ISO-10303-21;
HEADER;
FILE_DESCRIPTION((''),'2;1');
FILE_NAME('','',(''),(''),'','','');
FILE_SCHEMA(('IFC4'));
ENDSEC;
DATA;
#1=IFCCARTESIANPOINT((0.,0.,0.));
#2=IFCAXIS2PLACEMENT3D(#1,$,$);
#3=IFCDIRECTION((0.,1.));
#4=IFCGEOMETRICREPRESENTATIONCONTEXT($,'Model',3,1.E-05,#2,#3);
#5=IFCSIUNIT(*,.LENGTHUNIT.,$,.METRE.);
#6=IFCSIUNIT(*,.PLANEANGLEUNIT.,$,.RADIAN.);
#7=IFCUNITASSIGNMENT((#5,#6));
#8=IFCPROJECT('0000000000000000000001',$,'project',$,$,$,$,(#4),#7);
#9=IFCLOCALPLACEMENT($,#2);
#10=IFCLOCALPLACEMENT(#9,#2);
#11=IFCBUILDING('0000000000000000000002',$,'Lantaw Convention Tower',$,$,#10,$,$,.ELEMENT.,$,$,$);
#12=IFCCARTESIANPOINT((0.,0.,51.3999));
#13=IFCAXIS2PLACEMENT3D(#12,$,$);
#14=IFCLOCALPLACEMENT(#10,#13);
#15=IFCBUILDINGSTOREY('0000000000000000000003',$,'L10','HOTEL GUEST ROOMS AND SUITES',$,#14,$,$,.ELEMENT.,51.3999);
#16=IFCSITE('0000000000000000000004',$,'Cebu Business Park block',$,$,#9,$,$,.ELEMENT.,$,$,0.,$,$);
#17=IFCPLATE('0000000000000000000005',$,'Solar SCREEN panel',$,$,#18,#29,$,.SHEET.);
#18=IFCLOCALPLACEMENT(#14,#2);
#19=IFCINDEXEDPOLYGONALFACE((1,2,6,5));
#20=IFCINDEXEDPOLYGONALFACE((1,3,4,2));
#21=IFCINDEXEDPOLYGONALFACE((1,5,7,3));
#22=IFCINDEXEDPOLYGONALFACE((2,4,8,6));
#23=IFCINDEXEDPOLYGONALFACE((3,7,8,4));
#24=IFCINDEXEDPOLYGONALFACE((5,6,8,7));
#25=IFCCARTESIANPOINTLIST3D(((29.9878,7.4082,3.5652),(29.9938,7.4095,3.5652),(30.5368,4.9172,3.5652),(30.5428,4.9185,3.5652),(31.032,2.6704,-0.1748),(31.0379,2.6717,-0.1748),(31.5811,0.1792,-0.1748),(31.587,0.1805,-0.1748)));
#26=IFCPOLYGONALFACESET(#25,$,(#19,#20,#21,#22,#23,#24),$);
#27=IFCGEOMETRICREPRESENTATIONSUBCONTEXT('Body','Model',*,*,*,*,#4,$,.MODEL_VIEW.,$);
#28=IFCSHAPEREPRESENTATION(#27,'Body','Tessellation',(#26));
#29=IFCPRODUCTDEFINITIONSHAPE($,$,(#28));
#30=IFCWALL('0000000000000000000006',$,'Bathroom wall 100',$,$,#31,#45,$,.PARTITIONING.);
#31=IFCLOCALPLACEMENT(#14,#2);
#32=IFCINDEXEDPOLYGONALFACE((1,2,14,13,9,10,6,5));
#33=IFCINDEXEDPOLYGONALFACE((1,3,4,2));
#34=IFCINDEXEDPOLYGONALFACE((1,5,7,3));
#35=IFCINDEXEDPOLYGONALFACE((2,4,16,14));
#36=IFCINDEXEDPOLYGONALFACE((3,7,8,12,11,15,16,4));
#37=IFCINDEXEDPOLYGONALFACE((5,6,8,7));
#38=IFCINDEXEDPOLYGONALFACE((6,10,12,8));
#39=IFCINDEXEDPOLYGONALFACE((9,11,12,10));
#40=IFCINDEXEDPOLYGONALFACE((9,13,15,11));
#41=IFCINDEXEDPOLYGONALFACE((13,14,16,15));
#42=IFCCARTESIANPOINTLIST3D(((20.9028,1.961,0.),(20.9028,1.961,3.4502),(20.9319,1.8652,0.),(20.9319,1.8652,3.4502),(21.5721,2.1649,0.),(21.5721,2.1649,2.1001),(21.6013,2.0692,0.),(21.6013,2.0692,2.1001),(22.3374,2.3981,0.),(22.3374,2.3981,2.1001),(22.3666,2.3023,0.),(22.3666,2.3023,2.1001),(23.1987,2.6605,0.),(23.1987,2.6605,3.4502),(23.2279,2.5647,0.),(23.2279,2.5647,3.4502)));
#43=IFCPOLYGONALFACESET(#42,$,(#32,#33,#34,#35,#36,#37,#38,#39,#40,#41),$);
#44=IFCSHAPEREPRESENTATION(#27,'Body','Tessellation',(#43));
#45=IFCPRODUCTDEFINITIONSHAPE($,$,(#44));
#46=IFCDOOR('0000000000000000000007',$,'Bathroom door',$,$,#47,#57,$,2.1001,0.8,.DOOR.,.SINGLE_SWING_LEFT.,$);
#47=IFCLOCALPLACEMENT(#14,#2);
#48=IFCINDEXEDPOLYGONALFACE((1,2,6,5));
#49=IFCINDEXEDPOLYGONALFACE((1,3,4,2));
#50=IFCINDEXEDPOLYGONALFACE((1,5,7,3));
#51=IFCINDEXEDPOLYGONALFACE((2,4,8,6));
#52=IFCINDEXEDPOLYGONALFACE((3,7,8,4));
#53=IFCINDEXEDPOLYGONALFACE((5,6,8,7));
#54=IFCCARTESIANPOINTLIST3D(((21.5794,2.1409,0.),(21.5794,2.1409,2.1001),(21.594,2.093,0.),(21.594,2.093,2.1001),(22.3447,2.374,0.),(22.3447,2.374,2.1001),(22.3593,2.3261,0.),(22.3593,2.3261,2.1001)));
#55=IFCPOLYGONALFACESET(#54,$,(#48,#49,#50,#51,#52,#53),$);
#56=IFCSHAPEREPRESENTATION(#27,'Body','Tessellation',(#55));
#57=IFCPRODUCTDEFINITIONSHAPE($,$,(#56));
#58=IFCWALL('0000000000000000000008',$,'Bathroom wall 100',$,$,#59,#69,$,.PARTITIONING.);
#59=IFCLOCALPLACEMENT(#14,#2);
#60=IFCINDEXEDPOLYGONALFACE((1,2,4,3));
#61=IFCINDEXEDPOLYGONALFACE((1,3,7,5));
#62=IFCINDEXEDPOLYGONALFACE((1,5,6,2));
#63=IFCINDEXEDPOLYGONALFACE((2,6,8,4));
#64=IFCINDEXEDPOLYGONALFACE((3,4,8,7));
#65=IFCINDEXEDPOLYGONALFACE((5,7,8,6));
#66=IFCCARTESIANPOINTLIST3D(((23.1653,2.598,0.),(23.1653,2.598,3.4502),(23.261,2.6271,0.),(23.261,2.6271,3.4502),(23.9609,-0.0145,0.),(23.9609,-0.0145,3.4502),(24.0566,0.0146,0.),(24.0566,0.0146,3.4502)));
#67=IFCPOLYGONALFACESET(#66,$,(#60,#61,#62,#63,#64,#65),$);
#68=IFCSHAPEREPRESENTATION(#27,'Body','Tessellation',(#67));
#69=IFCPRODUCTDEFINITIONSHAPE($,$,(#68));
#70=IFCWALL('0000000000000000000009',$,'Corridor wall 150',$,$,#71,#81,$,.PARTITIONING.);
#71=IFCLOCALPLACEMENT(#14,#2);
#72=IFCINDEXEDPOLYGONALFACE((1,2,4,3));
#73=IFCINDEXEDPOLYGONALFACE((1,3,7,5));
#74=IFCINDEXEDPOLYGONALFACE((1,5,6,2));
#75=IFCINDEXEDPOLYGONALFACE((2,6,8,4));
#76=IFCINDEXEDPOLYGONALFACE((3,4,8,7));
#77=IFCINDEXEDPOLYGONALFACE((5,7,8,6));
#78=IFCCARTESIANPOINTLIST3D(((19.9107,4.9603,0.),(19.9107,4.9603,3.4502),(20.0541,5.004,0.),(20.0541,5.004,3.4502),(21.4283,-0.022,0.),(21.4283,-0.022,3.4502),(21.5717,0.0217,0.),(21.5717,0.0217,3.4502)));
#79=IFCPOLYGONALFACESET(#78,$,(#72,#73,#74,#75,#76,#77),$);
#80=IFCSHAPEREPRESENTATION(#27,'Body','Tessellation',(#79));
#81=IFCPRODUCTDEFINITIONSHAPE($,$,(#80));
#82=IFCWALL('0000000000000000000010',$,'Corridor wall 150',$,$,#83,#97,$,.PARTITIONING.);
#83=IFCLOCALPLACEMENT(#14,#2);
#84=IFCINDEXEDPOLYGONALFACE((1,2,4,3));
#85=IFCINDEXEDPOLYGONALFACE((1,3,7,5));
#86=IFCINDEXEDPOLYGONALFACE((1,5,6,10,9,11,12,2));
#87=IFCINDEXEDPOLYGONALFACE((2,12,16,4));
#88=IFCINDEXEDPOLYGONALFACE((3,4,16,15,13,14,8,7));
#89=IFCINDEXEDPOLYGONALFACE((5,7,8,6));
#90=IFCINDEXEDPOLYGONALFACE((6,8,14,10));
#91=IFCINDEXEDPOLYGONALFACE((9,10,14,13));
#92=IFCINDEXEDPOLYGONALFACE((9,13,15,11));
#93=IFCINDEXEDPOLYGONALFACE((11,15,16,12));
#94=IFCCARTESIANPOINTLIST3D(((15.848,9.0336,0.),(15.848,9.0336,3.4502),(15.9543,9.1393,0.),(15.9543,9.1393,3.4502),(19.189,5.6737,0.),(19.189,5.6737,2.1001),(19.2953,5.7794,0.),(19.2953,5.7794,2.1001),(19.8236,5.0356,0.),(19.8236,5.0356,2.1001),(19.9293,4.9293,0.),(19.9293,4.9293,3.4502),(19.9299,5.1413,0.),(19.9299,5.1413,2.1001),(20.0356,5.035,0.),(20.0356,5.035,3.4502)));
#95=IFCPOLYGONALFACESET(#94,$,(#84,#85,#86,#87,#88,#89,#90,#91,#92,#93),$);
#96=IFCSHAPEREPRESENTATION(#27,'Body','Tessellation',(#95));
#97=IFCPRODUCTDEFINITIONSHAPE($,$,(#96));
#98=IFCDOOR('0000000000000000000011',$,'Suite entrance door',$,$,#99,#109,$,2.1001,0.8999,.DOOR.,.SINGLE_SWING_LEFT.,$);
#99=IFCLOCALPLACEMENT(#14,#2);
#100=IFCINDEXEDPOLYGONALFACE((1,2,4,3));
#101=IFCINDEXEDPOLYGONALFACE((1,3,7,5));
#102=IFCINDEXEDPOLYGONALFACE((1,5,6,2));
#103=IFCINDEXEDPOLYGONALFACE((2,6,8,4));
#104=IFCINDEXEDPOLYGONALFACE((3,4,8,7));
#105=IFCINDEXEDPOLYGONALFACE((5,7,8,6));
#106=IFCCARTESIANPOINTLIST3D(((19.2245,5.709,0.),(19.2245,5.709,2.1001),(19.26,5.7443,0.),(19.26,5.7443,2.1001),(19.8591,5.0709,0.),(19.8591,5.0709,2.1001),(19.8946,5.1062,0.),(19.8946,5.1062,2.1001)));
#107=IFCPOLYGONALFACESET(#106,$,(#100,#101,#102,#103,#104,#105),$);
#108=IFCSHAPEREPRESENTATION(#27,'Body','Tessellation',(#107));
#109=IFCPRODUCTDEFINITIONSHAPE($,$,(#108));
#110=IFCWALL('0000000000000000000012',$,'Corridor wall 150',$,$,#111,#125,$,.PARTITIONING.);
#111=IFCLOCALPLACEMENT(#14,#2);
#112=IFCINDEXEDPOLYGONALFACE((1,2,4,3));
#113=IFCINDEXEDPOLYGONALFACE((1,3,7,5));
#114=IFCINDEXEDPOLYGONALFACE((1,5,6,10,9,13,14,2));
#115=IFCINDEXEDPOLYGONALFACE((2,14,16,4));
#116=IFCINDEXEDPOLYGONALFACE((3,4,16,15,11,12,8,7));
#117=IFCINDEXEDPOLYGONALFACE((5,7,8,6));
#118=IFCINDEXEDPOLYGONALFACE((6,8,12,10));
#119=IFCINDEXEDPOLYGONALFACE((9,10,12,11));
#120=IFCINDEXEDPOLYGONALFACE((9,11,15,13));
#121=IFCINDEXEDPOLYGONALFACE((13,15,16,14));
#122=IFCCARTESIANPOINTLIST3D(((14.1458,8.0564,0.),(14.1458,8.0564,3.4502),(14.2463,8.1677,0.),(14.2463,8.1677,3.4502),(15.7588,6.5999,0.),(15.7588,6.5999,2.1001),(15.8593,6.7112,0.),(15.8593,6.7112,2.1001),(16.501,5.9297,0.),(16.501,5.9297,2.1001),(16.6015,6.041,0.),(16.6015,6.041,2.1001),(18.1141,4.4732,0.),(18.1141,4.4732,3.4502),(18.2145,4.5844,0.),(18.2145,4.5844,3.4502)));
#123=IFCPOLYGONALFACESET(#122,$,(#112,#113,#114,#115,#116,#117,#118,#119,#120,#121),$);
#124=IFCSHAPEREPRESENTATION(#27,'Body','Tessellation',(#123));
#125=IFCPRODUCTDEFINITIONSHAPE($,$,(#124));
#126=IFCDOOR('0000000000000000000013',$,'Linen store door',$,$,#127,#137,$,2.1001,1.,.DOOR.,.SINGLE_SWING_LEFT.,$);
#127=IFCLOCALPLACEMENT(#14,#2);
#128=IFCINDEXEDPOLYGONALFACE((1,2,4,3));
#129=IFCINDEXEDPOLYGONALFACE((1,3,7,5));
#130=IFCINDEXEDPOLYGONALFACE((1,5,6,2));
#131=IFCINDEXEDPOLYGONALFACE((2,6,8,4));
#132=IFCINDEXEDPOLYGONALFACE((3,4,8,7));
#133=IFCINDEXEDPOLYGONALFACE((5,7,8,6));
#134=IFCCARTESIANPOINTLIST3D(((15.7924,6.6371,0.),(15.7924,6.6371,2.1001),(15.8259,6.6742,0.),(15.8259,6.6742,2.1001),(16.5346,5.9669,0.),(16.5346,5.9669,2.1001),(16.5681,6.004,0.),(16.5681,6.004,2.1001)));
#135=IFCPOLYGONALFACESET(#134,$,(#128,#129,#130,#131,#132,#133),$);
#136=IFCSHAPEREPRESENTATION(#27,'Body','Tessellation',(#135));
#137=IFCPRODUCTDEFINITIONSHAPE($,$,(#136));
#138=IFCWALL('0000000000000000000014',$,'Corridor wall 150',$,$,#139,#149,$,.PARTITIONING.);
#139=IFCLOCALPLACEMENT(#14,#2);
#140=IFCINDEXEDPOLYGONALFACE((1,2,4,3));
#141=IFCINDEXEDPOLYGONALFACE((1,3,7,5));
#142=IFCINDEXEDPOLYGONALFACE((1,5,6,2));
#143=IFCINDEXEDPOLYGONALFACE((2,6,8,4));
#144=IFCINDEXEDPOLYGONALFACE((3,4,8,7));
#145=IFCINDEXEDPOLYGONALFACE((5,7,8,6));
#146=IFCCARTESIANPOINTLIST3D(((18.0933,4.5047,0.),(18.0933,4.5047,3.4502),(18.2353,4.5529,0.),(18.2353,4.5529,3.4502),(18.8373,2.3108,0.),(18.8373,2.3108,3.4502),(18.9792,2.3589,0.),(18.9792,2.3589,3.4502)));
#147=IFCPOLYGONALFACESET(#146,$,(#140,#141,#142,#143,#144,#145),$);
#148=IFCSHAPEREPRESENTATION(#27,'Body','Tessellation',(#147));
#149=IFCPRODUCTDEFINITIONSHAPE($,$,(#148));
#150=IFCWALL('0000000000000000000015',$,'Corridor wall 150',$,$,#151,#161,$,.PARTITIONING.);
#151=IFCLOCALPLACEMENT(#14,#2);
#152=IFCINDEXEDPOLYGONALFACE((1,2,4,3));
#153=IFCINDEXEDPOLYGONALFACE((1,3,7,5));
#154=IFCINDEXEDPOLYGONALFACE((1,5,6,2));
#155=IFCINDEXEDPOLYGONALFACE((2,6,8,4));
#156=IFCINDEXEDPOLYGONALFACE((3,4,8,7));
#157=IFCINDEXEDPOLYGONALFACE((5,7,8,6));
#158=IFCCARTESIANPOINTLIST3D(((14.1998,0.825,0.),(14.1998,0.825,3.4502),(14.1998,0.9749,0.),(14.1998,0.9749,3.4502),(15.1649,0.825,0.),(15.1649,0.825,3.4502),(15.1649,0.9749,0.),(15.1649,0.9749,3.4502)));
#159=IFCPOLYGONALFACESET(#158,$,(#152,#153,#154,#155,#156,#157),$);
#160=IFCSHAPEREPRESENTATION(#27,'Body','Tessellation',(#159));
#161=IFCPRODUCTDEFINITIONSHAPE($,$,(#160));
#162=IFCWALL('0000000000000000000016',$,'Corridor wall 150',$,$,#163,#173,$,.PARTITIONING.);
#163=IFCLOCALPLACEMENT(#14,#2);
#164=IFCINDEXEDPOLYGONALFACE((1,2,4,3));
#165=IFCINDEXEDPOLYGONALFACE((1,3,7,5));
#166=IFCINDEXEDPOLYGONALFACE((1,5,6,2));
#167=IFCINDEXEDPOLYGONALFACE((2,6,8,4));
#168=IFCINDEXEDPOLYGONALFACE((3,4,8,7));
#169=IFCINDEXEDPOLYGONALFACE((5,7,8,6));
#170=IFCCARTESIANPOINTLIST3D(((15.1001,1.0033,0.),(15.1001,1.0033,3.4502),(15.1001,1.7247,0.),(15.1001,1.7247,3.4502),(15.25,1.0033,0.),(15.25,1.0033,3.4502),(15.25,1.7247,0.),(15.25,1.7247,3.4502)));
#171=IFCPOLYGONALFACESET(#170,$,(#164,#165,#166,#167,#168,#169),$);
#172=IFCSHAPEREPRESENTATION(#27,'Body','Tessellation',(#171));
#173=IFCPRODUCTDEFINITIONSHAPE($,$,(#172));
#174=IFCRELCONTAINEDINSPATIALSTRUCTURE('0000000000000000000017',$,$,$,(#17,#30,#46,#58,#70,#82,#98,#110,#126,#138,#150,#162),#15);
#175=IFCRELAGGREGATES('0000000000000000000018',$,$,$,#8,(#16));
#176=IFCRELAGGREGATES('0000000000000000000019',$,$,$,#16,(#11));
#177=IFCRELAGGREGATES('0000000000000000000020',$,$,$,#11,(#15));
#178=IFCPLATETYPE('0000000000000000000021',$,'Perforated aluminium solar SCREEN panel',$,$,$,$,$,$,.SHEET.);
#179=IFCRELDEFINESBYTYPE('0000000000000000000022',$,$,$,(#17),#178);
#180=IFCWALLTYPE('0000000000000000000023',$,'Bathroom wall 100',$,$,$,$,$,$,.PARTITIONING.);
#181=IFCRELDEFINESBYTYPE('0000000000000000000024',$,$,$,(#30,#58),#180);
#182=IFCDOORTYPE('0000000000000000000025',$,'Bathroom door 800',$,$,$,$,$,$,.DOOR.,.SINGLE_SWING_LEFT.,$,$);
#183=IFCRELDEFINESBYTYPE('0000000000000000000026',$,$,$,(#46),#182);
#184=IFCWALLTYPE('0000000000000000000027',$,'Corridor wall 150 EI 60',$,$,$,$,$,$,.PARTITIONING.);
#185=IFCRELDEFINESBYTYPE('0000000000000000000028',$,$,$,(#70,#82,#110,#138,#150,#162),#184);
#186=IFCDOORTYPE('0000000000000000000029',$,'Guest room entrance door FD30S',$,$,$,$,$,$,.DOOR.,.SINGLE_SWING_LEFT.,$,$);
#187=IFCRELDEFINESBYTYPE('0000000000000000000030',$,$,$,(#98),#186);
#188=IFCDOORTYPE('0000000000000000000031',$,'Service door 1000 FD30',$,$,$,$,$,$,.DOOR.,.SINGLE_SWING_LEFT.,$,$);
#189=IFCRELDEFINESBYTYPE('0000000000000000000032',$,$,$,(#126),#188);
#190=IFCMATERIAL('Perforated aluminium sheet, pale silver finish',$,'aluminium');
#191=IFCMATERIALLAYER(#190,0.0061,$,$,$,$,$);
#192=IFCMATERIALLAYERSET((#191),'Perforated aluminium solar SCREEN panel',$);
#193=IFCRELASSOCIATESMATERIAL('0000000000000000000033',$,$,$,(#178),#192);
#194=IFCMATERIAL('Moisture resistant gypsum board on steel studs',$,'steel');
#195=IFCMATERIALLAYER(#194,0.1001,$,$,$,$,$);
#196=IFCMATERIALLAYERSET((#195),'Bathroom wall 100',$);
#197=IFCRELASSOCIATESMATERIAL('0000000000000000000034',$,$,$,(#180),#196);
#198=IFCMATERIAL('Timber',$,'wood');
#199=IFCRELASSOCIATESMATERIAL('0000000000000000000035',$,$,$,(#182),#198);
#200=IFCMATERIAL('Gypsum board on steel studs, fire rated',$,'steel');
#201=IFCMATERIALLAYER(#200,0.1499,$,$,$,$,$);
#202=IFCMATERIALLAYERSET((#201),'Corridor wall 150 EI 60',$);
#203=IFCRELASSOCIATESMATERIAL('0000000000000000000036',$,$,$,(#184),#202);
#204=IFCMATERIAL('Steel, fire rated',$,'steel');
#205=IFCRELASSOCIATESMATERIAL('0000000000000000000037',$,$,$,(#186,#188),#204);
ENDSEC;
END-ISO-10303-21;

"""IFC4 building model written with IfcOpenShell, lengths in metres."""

from ifc_helpers import new_model, si_unit, direction, frame, frame_2d, origin, place, context, subcontext, project, spatial, polyline, rectangle, outline, extrude, material, layer, layer_set, type_object, element, fill, save


model = new_model("IFC4")

# Units and contexts
model_context = context("Model", 3, precision=1e-05, world=origin(), true_north=direction((0.0, 1.0)))
body_context = subcontext(model_context, "Body", "Model", "MODEL_VIEW")
ifc_project = project(units=[si_unit("LENGTHUNIT", "METRE"), si_unit("PLANEANGLEUNIT", "RADIAN")], contexts=[model_context])

# Site, building, storey
site_placement = place(None, origin())
site = spatial("IfcSite", under=ifc_project, at=site_placement, Name="Cebu Business Park block", CompositionType="ELEMENT", RefElevation=0.0)
building_placement = place(site_placement, origin())
building = spatial("IfcBuilding", under=site, at=building_placement, Name="Lantaw Convention Tower", CompositionType="ELEMENT")
storey_placement = place(building_placement, frame((0.0, 0.0, 51.3999)))
storey = spatial("IfcBuildingStorey", under=building, at=storey_placement, Name="L10", Description="HOTEL GUEST ROOMS AND SUITES", CompositionType="ELEMENT", Elevation=51.3999)

# Plate
ifc_material_1 = material(Name="Perforated aluminium sheet, pale silver finish", Category="aluminium")
ifc_layer_1 = layer(ifc_material_1, 0.0061)
ifc_layer_set_1 = layer_set([ifc_layer_1], Name="Perforated aluminium solar SCREEN panel")
plate_type = type_object("IfcPlateType", Name="Perforated aluminium solar SCREEN panel", PredefinedType="SHEET", material=ifc_layer_set_1)
plate_placement = place(storey_placement, frame((31.5811, 0.1792, -0.1748), z_axis=(-0.976559, -0.215248, 0.00003), x_axis=(-0.215248, 0.976559, 0.0)))
element("IfcPlate", 1, at=plate_placement, inside=storey, type_object=plate_type, Name="Solar SCREEN panel", PredefinedType="SHEET", context=body_context, shape_type="SweptSolid", body=[
    extrude(outline(polyline([(0.0, 0.0), (2.551, 0.0), (7.4025, -3.74), (4.8517, -3.74), (0.0, 0.0)])), origin(), (0.0, 0.0, -1.0), 0.0061),
])

# Wall, opening, door
ifc_material_2 = material(Name="Moisture resistant gypsum board on steel studs", Category="steel")
ifc_layer_2 = layer(ifc_material_2, 0.1001)
ifc_layer_set_2 = layer_set([ifc_layer_2], Name="Bathroom wall 100")
wall_type_1 = type_object("IfcWallType", Name="Bathroom wall 100", PredefinedType="PARTITIONING", material=ifc_layer_set_2)
wall_1_placement = place(storey_placement, frame((20.9172, 1.9131, 0.0), z_axis=(0.0, 0.0, 1.0), x_axis=(0.956591, 0.291433, 0.0)))
wall_1 = element("IfcWall", 2, at=wall_1_placement, inside=storey, type_object=wall_type_1, Name="Bathroom wall 100", PredefinedType="PARTITIONING", context=body_context, shape_type="SweptSolid", body=[
    extrude(rectangle(XDim=2.4001, YDim=0.1001, at=frame_2d((1.2002, 0.0))), origin(), (0.0, 0.0, 1.0), 3.4502),
])
opening_1_placement = place(wall_1_placement, frame((0.7, 0.0, 0.0)))
opening_1 = element("IfcOpeningElement", 3, at=opening_1_placement, cuts=wall_1, PredefinedType="OPENING", context=body_context, shape_type="SweptSolid", body=[
    extrude(rectangle(XDim=0.8, YDim=2.1001, at=frame_2d((0.3999, 1.05))), frame((0.0, 0.0601, 0.0), z_axis=(0.0, -1.0, 0.0), x_axis=(1.0, 0.0, 0.0)), (0.0, 0.0, 1.0), 0.1201),
])
ifc_material_3 = material(Name="Timber", Category="wood")
door_type_1 = type_object("IfcDoorType", Name="Bathroom door 800", OperationType="SINGLE_SWING_LEFT", PredefinedType="DOOR", material=ifc_material_3)
door_1_placement = place(opening_1_placement, origin())
door_1 = element("IfcDoor", 4, at=door_1_placement, inside=storey, type_object=door_type_1, Name="Bathroom door", OperationType="SINGLE_SWING_LEFT", OverallHeight=2.1001, OverallWidth=0.8, PredefinedType="DOOR", context=body_context, shape_type="SweptSolid", body=[
    extrude(rectangle(XDim=0.8, YDim=2.1001, at=frame_2d((0.3999, 1.05))), frame((0.0, 0.0249, 0.0), z_axis=(0.0, -1.0, 0.0), x_axis=(1.0, 0.0, 0.0)), (0.0, 0.0, 1.0), 0.05),
])
fill(opening_1, door_1)

# Walls
wall_2_placement = place(storey_placement, frame((23.2131, 2.6125, 0.0), z_axis=(0.0, 0.0, 1.0), x_axis=(0.291339, -0.95662, 0.0)))
element("IfcWall", 5, at=wall_2_placement, inside=storey, type_object=wall_type_1, Name="Bathroom wall 100", PredefinedType="PARTITIONING", context=body_context, shape_type="SweptSolid", body=[
    extrude(rectangle(XDim=2.731, YDim=0.1001, at=frame_2d((1.3655, 0.0))), origin(), (0.0, 0.0, 1.0), 3.4502),
])
ifc_material_4 = material(Name="Gypsum board on steel studs, fire rated", Category="steel")
ifc_layer_3 = layer(ifc_material_4, 0.1499)
ifc_layer_set_3 = layer_set([ifc_layer_3], Name="Corridor wall 150 EI 60")
wall_type_2 = type_object("IfcWallType", Name="Corridor wall 150 EI 60", PredefinedType="PARTITIONING", material=ifc_layer_set_3)
wall_3_placement = place(storey_placement, frame((21.5, 0.0, 0.0), z_axis=(0.0, 0.0, 1.0), x_axis=(-0.291384, 0.956606, 0.0)))
element("IfcWall", 6, at=wall_3_placement, inside=storey, type_object=wall_type_2, Name="Corridor wall 150", PredefinedType="PARTITIONING", context=body_context, shape_type="SweptSolid", body=[
    extrude(rectangle(XDim=5.2083, YDim=0.1499, at=frame_2d((2.604, 0.0))), origin(), (0.0, 0.0, 1.0), 3.4502),
])

# Walls, openings, doors
wall_4_placement = place(storey_placement, frame((19.9824, 4.9822, 0.0), z_axis=(0.0, 0.0, 1.0), x_axis=(-0.705122, 0.709086, 0.0)))
wall_4 = element("IfcWall", 7, at=wall_4_placement, inside=storey, type_object=wall_type_2, Name="Corridor wall 150", PredefinedType="PARTITIONING", context=body_context, shape_type="SweptSolid", body=[
    extrude(rectangle(XDim=5.7881, YDim=0.1499, at=frame_2d((2.894, 0.0))), origin(), (0.0, 0.0, 1.0), 3.4502),
])
opening_2_placement = place(wall_4_placement, frame((0.1499, 0.0, 0.0)))
opening_2 = element("IfcOpeningElement", 8, at=opening_2_placement, cuts=wall_4, PredefinedType="OPENING", context=body_context, shape_type="SweptSolid", body=[
    extrude(rectangle(XDim=0.8999, YDim=2.1001, at=frame_2d((0.45, 1.05))), frame((0.0, 0.085, 0.0), z_axis=(0.0, -1.0, 0.0), x_axis=(1.0, 0.0, 0.0)), (0.0, 0.0, 1.0), 0.1699),
])
ifc_material_5 = material(Name="Steel, fire rated", Category="steel")
door_type_2 = type_object("IfcDoorType", Name="Guest room entrance door FD30S", OperationType="SINGLE_SWING_LEFT", PredefinedType="DOOR", material=ifc_material_5)
door_2_placement = place(opening_2_placement, origin())
door_2 = element("IfcDoor", 9, at=door_2_placement, inside=storey, type_object=door_type_2, Name="Suite entrance door", OperationType="SINGLE_SWING_LEFT", OverallHeight=2.1001, OverallWidth=0.8999, PredefinedType="DOOR", context=body_context, shape_type="SweptSolid", body=[
    extrude(rectangle(XDim=0.8999, YDim=2.1001, at=frame_2d((0.45, 1.05))), frame((0.0, 0.0249, 0.0), z_axis=(0.0, -1.0, 0.0), x_axis=(1.0, 0.0, 0.0)), (0.0, 0.0, 1.0), 0.05),
])
fill(opening_2, door_2)
wall_5_placement = place(storey_placement, frame((18.1643, 4.5288, 0.0), z_axis=(0.0, 0.0, 1.0), x_axis=(-0.742194, 0.670185, 0.0)))
wall_5 = element("IfcWall", 10, at=wall_5_placement, inside=storey, type_object=wall_type_2, Name="Corridor wall 150", PredefinedType="PARTITIONING", context=body_context, shape_type="SweptSolid", body=[
    extrude(rectangle(XDim=5.3467, YDim=0.1499, at=frame_2d((2.6733, 0.0))), origin(), (0.0, 0.0, 1.0), 3.4502),
])
opening_3_placement = place(wall_5_placement, frame((2.1733, 0.0, 0.0)))
opening_3 = element("IfcOpeningElement", 11, at=opening_3_placement, cuts=wall_5, PredefinedType="OPENING", context=body_context, shape_type="SweptSolid", body=[
    extrude(rectangle(XDim=1.0, YDim=2.1001, at=frame_2d((0.5, 1.05))), frame((0.0, 0.085, 0.0), z_axis=(0.0, -1.0, 0.0), x_axis=(1.0, 0.0, 0.0)), (0.0, 0.0, 1.0), 0.1699),
])
door_type_3 = type_object("IfcDoorType", Name="Service door 1000 FD30", OperationType="SINGLE_SWING_LEFT", PredefinedType="DOOR", material=ifc_material_5)
door_3_placement = place(opening_3_placement, origin())
door_3 = element("IfcDoor", 12, at=door_3_placement, inside=storey, type_object=door_type_3, Name="Linen store door", OperationType="SINGLE_SWING_LEFT", OverallHeight=2.1001, OverallWidth=1.0, PredefinedType="DOOR", context=body_context, shape_type="SweptSolid", body=[
    extrude(rectangle(XDim=1.0, YDim=2.1001, at=frame_2d((0.5, 1.05))), frame((0.0, 0.0249, 0.0), z_axis=(0.0, -1.0, 0.0), x_axis=(1.0, 0.0, 0.0)), (0.0, 0.0, 1.0), 0.05),
])
fill(opening_3, door_3)

# Walls
wall_6_placement = place(storey_placement, frame((18.9082, 2.335, 0.0), z_axis=(0.0, 0.0, 1.0), x_axis=(-0.321124, 0.947037, 0.0)))
element("IfcWall", 13, at=wall_6_placement, inside=storey, type_object=wall_type_2, Name="Corridor wall 150", PredefinedType="PARTITIONING", context=body_context, shape_type="SweptSolid", body=[
    extrude(rectangle(XDim=2.3167, YDim=0.1499, at=frame_2d((1.1582, 0.0))), origin(), (0.0, 0.0, 1.0), 3.4502),
])
wall_7_placement = place(storey_placement, frame((14.2, 0.8999, 0.0), z_axis=(0.0, 0.0, 1.0), x_axis=(1.0, 0.0, 0.0)))
element("IfcWall", 14, at=wall_7_placement, inside=storey, type_object=wall_type_2, Name="Corridor wall 150", PredefinedType="PARTITIONING", context=body_context, shape_type="SweptSolid", body=[
    extrude(rectangle(XDim=0.9651, YDim=0.1499, at=frame_2d((0.4824, 0.0))), origin(), (0.0, 0.0, 1.0), 3.4502),
])
wall_8_placement = place(storey_placement, frame((15.175, 1.0032, 0.0), z_axis=(0.0, 0.0, 1.0), x_axis=(0.0, 1.0, 0.0)))
element("IfcWall", 15, at=wall_8_placement, inside=storey, type_object=wall_type_2, Name="Corridor wall 150", PredefinedType="PARTITIONING", context=body_context, shape_type="SweptSolid", body=[
    extrude(rectangle(XDim=0.7214, YDim=0.1499, at=frame_2d((0.3608, 0.0))), origin(), (0.0, 0.0, 1.0), 3.4502),
])

save(model, "model.ifc")
